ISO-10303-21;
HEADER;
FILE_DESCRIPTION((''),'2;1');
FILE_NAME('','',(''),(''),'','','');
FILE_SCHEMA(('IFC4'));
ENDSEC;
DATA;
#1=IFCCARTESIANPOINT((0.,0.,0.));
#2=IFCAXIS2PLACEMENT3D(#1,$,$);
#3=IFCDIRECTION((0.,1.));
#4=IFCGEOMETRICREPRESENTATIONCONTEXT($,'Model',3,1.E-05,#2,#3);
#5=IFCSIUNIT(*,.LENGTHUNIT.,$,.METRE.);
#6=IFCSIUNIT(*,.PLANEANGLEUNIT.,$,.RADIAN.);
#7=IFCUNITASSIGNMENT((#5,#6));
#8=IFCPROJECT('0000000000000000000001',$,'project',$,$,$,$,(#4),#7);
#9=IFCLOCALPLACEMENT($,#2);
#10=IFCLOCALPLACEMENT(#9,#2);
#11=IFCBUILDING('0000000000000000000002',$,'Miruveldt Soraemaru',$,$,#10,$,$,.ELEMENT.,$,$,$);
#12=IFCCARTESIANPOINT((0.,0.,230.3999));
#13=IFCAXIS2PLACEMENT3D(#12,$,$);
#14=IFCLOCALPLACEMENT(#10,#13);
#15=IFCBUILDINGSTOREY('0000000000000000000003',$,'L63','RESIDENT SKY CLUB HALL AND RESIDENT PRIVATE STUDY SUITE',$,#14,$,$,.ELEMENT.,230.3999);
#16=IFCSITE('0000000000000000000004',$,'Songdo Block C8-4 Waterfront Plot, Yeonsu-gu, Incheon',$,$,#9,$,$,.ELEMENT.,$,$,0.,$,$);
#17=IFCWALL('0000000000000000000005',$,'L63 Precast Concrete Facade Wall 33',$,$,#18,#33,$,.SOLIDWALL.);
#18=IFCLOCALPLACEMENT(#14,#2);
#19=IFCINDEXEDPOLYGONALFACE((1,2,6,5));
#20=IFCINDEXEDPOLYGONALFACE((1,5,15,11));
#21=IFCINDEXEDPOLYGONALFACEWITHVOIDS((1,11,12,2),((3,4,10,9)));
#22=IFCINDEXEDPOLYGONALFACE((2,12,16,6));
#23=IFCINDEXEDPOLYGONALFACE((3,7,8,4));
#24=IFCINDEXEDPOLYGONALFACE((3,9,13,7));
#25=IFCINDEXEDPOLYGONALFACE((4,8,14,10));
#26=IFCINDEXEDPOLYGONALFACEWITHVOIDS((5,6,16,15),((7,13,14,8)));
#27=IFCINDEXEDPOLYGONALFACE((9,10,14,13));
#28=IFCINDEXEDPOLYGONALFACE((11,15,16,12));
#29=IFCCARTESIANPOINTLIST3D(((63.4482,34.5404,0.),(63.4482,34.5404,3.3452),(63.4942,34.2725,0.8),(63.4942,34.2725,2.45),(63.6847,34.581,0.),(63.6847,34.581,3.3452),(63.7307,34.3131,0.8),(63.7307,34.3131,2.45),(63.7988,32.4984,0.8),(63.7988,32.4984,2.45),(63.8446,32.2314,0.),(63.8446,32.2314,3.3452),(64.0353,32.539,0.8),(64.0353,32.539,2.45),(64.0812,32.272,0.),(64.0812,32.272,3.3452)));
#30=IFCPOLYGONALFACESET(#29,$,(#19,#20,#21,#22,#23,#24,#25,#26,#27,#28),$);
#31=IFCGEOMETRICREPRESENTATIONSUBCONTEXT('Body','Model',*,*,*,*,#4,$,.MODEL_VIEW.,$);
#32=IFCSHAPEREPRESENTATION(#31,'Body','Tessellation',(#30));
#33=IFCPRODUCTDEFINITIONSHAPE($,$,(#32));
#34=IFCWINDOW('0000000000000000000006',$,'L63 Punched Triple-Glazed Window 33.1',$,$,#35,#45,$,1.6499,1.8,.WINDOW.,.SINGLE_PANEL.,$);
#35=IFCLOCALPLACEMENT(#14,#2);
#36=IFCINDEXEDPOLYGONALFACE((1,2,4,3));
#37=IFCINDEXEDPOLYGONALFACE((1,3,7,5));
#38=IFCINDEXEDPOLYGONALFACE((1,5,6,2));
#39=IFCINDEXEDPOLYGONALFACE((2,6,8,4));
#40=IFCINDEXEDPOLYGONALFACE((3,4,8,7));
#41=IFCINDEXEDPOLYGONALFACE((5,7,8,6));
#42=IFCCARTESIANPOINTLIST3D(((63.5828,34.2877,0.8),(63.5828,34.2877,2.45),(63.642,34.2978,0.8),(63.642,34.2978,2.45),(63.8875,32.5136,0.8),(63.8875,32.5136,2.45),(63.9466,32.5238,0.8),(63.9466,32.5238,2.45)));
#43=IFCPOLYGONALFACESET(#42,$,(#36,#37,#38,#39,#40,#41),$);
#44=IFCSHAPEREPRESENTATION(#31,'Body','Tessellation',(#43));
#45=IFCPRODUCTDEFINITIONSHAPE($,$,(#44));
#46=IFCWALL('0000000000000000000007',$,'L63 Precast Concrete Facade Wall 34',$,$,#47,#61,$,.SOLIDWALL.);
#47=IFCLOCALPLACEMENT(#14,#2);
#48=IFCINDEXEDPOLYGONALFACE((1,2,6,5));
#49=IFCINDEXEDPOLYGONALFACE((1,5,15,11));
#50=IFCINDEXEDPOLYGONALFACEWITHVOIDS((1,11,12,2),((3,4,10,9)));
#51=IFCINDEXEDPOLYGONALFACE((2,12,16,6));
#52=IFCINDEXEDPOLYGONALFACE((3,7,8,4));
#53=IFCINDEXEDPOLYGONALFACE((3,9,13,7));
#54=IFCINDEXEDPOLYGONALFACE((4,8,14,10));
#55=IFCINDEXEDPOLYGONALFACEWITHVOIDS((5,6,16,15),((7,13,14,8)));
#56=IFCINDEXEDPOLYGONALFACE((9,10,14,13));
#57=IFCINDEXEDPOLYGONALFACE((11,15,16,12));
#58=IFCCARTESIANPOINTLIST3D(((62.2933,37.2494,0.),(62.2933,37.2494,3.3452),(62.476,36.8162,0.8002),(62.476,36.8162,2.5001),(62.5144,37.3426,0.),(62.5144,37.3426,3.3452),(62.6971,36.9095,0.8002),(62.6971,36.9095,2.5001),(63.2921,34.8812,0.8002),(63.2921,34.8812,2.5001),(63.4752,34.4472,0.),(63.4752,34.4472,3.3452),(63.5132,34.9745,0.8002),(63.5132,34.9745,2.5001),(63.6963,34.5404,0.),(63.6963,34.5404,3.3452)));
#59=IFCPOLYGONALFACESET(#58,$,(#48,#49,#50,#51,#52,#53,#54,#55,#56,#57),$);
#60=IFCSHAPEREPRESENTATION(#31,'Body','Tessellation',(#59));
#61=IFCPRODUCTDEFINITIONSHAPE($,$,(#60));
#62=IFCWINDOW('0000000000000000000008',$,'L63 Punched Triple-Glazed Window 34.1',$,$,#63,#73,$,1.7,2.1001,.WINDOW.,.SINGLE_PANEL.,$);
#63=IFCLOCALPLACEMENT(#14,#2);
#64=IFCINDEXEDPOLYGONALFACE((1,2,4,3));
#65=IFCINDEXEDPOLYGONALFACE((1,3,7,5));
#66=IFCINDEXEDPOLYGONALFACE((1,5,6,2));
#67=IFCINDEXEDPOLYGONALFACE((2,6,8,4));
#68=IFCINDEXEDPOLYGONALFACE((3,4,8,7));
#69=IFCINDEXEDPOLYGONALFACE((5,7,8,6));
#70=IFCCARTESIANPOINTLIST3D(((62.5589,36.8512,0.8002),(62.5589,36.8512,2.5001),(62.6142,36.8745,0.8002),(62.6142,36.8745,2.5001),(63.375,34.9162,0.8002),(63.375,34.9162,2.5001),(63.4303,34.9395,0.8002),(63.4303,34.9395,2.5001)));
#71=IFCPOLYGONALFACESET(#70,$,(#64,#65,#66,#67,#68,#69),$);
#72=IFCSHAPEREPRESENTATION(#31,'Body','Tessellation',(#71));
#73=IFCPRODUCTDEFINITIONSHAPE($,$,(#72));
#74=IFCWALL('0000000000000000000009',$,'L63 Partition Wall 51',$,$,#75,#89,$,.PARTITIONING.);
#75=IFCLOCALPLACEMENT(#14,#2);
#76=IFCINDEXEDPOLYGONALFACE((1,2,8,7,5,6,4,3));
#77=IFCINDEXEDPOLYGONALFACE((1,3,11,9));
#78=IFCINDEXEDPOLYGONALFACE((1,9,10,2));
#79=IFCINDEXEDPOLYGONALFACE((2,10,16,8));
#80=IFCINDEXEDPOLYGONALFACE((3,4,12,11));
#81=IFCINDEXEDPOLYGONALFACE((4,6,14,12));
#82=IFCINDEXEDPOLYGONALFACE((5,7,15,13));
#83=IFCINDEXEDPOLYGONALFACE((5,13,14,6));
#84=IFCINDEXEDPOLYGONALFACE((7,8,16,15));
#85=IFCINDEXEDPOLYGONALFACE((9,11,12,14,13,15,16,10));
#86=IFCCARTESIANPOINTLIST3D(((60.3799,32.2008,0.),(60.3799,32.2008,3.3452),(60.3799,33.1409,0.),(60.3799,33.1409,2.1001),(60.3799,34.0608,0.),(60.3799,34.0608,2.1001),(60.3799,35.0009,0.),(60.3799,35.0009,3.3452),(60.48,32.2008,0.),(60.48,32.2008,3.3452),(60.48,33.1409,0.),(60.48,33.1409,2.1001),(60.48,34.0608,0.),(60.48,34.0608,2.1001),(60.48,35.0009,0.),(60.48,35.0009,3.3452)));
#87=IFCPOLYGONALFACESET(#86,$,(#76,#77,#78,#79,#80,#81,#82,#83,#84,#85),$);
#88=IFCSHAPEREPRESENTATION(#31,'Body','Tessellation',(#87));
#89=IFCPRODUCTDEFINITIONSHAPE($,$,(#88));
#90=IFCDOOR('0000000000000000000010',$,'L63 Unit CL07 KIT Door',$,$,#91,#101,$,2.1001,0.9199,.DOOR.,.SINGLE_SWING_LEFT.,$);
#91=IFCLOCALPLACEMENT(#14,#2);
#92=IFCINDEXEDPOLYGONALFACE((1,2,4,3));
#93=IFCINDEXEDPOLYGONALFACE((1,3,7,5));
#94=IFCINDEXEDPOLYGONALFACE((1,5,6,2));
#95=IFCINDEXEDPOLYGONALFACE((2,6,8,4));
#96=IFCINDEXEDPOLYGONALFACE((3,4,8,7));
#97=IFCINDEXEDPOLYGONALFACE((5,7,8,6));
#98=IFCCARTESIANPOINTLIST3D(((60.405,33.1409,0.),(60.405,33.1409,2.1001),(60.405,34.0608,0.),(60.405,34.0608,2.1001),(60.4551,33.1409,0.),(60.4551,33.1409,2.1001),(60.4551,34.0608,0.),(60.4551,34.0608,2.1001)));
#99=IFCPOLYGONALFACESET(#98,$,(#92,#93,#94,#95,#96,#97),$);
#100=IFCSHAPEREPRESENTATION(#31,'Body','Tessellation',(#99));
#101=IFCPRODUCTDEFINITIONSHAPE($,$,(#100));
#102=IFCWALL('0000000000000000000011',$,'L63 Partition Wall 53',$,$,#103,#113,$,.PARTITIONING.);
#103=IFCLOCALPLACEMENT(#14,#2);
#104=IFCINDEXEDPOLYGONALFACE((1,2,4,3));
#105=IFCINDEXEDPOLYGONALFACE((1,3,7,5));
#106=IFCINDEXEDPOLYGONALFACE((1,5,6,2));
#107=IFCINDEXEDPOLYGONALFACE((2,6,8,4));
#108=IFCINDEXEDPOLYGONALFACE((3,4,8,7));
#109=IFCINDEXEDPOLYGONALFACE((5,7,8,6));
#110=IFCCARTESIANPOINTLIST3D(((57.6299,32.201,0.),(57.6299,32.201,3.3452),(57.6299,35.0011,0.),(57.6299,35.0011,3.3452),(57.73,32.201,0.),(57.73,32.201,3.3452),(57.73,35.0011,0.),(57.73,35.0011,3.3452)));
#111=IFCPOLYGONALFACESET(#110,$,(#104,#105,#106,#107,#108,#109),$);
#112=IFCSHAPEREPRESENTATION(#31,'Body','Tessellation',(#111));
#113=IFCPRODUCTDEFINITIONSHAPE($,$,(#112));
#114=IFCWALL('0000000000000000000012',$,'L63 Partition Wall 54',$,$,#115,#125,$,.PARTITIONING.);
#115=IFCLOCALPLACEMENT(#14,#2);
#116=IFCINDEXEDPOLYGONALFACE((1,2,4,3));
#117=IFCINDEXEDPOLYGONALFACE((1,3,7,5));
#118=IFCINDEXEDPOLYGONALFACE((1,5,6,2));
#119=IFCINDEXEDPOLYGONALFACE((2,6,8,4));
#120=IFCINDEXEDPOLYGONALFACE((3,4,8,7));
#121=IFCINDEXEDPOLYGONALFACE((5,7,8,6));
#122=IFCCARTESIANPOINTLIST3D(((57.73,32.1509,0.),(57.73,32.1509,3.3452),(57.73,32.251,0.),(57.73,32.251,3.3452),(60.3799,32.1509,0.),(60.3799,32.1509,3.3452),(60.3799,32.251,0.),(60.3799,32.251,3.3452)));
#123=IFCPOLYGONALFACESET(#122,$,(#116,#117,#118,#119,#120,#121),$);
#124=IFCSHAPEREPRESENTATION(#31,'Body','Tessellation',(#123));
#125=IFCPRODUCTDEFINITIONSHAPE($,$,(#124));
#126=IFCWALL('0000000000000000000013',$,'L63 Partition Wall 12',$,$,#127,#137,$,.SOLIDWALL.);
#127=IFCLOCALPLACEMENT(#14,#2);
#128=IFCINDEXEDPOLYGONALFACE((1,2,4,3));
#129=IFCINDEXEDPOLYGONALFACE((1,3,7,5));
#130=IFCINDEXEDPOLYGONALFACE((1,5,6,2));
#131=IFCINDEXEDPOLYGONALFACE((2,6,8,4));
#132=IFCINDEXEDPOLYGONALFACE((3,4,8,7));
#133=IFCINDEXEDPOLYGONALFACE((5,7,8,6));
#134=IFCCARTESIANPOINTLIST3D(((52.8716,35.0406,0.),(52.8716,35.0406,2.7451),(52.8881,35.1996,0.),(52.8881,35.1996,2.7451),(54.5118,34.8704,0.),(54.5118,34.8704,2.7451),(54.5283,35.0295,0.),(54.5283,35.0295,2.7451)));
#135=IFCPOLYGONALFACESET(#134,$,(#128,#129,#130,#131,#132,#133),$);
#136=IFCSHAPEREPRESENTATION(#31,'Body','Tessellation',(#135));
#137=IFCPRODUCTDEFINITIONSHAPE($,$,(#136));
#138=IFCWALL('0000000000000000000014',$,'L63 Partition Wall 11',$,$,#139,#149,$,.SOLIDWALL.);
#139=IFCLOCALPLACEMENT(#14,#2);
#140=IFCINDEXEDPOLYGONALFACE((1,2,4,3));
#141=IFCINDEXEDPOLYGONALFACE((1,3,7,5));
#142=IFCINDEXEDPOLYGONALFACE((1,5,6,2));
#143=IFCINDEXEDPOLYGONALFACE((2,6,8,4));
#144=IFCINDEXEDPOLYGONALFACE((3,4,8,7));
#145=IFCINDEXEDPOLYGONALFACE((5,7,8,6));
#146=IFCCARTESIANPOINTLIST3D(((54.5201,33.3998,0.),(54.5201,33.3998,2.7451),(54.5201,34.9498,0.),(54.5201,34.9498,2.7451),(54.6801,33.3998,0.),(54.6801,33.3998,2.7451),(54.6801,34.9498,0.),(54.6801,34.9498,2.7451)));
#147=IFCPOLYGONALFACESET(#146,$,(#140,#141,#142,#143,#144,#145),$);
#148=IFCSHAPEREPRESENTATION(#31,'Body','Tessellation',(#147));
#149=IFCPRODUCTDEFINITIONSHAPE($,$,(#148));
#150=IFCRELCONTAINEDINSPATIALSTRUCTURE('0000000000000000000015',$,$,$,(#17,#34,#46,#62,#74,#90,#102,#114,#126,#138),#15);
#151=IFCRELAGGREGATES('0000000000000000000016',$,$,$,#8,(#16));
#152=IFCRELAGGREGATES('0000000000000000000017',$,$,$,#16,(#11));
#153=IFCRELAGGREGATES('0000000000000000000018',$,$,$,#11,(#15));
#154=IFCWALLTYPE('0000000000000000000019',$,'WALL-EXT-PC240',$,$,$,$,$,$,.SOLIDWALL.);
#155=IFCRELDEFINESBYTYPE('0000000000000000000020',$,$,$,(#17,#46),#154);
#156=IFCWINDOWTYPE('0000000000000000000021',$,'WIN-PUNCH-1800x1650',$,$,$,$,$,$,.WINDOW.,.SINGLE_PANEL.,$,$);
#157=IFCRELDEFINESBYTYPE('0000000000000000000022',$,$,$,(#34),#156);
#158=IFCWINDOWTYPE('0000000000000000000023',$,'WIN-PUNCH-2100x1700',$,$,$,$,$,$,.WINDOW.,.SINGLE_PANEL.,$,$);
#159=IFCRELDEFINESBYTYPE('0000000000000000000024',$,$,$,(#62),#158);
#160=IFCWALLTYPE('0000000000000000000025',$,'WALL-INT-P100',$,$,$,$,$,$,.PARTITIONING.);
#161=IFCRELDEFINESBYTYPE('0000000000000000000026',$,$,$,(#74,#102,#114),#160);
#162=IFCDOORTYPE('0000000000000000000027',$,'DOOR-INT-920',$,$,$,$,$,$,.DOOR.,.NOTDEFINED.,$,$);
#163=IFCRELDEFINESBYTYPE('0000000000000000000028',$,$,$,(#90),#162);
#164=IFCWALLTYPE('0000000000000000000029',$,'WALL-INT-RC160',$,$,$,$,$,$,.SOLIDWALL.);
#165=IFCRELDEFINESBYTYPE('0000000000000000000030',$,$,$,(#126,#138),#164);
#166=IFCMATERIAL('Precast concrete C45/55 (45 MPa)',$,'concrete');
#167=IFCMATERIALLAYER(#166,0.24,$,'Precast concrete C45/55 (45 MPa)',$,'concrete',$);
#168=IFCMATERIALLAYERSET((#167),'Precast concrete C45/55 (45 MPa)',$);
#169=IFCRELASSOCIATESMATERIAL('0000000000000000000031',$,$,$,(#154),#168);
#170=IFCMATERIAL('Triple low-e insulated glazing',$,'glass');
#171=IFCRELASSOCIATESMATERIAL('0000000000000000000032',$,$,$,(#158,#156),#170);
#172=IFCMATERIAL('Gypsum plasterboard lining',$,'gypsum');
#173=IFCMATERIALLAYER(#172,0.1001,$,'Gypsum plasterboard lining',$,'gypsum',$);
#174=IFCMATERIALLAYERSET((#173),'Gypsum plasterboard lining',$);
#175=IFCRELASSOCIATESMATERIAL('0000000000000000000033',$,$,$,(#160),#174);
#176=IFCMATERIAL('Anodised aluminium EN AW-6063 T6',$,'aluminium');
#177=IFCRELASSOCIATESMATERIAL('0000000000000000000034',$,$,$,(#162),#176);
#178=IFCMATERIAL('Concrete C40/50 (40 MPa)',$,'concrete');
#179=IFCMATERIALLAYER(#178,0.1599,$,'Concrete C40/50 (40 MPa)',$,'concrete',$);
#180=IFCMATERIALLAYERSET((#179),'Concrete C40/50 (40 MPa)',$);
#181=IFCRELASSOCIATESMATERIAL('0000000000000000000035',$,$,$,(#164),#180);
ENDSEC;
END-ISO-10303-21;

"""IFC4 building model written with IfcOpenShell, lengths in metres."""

from ifc_helpers import new_model, si_unit, direction, frame, frame_2d, origin, place, context, subcontext, project, spatial, rectangle, extrude, material, layer, layer_set, type_object, element, fill, save


model = new_model("IFC4")

# Units and contexts
model_context = context("Model", 3, precision=1e-05, world=origin(), true_north=direction((0.0, 1.0)))
body_context = subcontext(model_context, "Body", "Model", "MODEL_VIEW")
ifc_project = project(units=[si_unit("LENGTHUNIT", "METRE"), si_unit("PLANEANGLEUNIT", "RADIAN")], contexts=[model_context])

# Site, building, storey
site_placement = place(None, origin())
site = spatial("IfcSite", under=ifc_project, at=site_placement, Name="Songdo Block C8-4 Waterfront Plot, Yeonsu-gu, Incheon", CompositionType="ELEMENT", RefElevation=0.0)
building_placement = place(site_placement, origin())
building = spatial("IfcBuilding", under=site, at=building_placement, Name="Miruveldt Soraemaru", CompositionType="ELEMENT")
storey_placement = place(building_placement, frame((0.0, 0.0, 230.3999)))
storey = spatial("IfcBuildingStorey", under=building, at=storey_placement, Name="L63", Description="RESIDENT SKY CLUB HALL AND RESIDENT PRIVATE STUDY SUITE", CompositionType="ELEMENT", Elevation=230.3999)

# Walls, openings, windows
ifc_material_1 = material(Name="Precast concrete C45/55 (45 MPa)", Category="concrete")
ifc_layer_1 = layer(ifc_material_1, 0.24, Name="Precast concrete C45/55 (45 MPa)", Category="concrete")
ifc_layer_set_1 = layer_set([ifc_layer_1], Name="Precast concrete C45/55 (45 MPa)")
wall_type_1 = type_object("IfcWallType", Name="WALL-EXT-PC240", PredefinedType="SOLIDWALL", material=ifc_layer_set_1)
ifc_material_2 = material(Name="Triple low-e insulated glazing", Category="glass")
window_type_1 = type_object("IfcWindowType", Name="WIN-PUNCH-2100x1700", PartitioningType="SINGLE_PANEL", PredefinedType="WINDOW", material=ifc_material_2)
wall_1_placement = place(storey_placement, frame((63.9629, 32.2517, 0.0), z_axis=(0.0, 0.0, 1.0), x_axis=(-0.16923, 0.985577, 0.0)))
wall_1 = element("IfcWall", 1, at=wall_1_placement, inside=storey, type_object=wall_type_1, Name="L63 Precast Concrete Facade Wall 33", PredefinedType="SOLIDWALL", context=body_context, shape_type="SweptSolid", body=[
    extrude(rectangle(XDim=2.3428, YDim=0.24, at=frame_2d((1.1714, 0.0))), origin(), (0.0, 0.0, 1.0), 3.3452),
])
opening_1_placement = place(wall_1_placement, frame((0.271, 0.0, 0.8)))
opening_1 = element("IfcOpeningElement", 2, at=opening_1_placement, cuts=wall_1, PredefinedType="OPENING", context=body_context, shape_type="SweptSolid", body=[
    extrude(rectangle(XDim=1.8, YDim=1.6499, at=frame_2d((0.8999, 0.825))), frame((0.0, 0.1299, 0.0), z_axis=(0.0, -1.0, 0.0), x_axis=(1.0, 0.0, 0.0)), (0.0, 0.0, 1.0), 0.26),
])
window_type_2 = type_object("IfcWindowType", Name="WIN-PUNCH-1800x1650", PartitioningType="SINGLE_PANEL", PredefinedType="WINDOW", material=ifc_material_2)
window_1_placement = place(opening_1_placement, origin())
window_1 = element("IfcWindow", 3, at=window_1_placement, inside=storey, type_object=window_type_2, Name="L63 Punched Triple-Glazed Window 33.1", OverallHeight=1.6499, OverallWidth=1.8, PartitioningType="SINGLE_PANEL", PredefinedType="WINDOW", context=body_context, shape_type="SweptSolid", body=[
    extrude(rectangle(XDim=1.8, YDim=1.6499, at=frame_2d((0.8999, 0.825))), frame((0.0, 0.03, 0.0), z_axis=(0.0, -1.0, 0.0), x_axis=(1.0, 0.0, 0.0)), (0.0, 0.0, 1.0), 0.0601),
])
fill(opening_1, window_1)
wall_2_placement = place(storey_placement, frame((63.5857, 34.4939, 0.0), z_axis=(0.0, 0.0, 1.0), x_axis=(-0.388613, 0.921401, 0.0)))
wall_2 = element("IfcWall", 4, at=wall_2_placement, inside=storey, type_object=wall_type_1, Name="L63 Precast Concrete Facade Wall 34", PredefinedType="SOLIDWALL", context=body_context, shape_type="SweptSolid", body=[
    extrude(rectangle(XDim=3.0413, YDim=0.24, at=frame_2d((1.5205, 0.0))), origin(), (0.0, 0.0, 1.0), 3.3452),
])
opening_2_placement = place(wall_2_placement, frame((0.4709, 0.0, 0.8)))
opening_2 = element("IfcOpeningElement", 5, at=opening_2_placement, cuts=wall_2, PredefinedType="OPENING", context=body_context, shape_type="SweptSolid", body=[
    extrude(rectangle(XDim=2.1001, YDim=1.7, at=frame_2d((1.05, 0.8501))), frame((0.0, 0.1299, 0.0), z_axis=(0.0, -1.0, 0.0), x_axis=(1.0, 0.0, 0.0)), (0.0, 0.0, 1.0), 0.26),
])
window_2_placement = place(opening_2_placement, origin())
window_2 = element("IfcWindow", 6, at=window_2_placement, inside=storey, type_object=window_type_1, Name="L63 Punched Triple-Glazed Window 34.1", OverallHeight=1.7, OverallWidth=2.1001, PartitioningType="SINGLE_PANEL", PredefinedType="WINDOW", context=body_context, shape_type="SweptSolid", body=[
    extrude(rectangle(XDim=2.1001, YDim=1.7, at=frame_2d((1.05, 0.8501))), frame((0.0, 0.03, 0.0), z_axis=(0.0, -1.0, 0.0), x_axis=(1.0, 0.0, 0.0)), (0.0, 0.0, 1.0), 0.0601),
])
fill(opening_2, window_2)

# Wall, opening, door
ifc_material_3 = material(Name="Gypsum plasterboard lining", Category="gypsum")
ifc_layer_2 = layer(ifc_material_3, 0.1001, Name="Gypsum plasterboard lining", Category="gypsum")
ifc_layer_set_2 = layer_set([ifc_layer_2], Name="Gypsum plasterboard lining")
wall_type_2 = type_object("IfcWallType", Name="WALL-INT-P100", PredefinedType="PARTITIONING", material=ifc_layer_set_2)
wall_3_placement = place(storey_placement, frame((60.4299, 32.2009, 0.0), z_axis=(0.0, 0.0, 1.0), x_axis=(0.0, 1.0, 0.0)))
wall_3 = element("IfcWall", 7, at=wall_3_placement, inside=storey, type_object=wall_type_2, Name="L63 Partition Wall 51", PredefinedType="PARTITIONING", context=body_context, shape_type="SweptSolid", body=[
    extrude(rectangle(XDim=2.8, YDim=0.1001, at=frame_2d((1.3999, 0.0))), origin(), (0.0, 0.0, 1.0), 3.3452),
])
opening_3_placement = place(wall_3_placement, frame((0.9399, 0.0, 0.0)))
opening_3 = element("IfcOpeningElement", 8, at=opening_3_placement, cuts=wall_3, PredefinedType="OPENING", context=body_context, shape_type="SweptSolid", body=[
    extrude(rectangle(XDim=0.9199, YDim=2.1001, at=frame_2d((0.46, 1.05))), frame((0.0, 0.0601, 0.0), z_axis=(0.0, -1.0, 0.0), x_axis=(1.0, 0.0, 0.0)), (0.0, 0.0, 1.0), 0.1201),
])
ifc_material_4 = material(Name="Anodised aluminium EN AW-6063 T6", Category="aluminium")
door_type = type_object("IfcDoorType", Name="DOOR-INT-920", OperationType="NOTDEFINED", PredefinedType="DOOR", material=ifc_material_4)
door_placement = place(opening_3_placement, origin())
door = element("IfcDoor", 9, at=door_placement, inside=storey, type_object=door_type, Name="L63 Unit CL07 KIT Door", OperationType="SINGLE_SWING_LEFT", OverallHeight=2.1001, OverallWidth=0.9199, PredefinedType="DOOR", context=body_context, shape_type="SweptSolid", body=[
    extrude(rectangle(XDim=0.9199, YDim=2.1001, at=frame_2d((0.46, 1.05))), frame((0.0, 0.0249, 0.0), z_axis=(0.0, -1.0, 0.0), x_axis=(1.0, 0.0, 0.0)), (0.0, 0.0, 1.0), 0.05),
])
fill(opening_3, door)

# Walls
wall_4_placement = place(storey_placement, frame((57.6799, 35.001, 0.0), z_axis=(0.0, 0.0, 1.0), x_axis=(0.0, -1.0, 0.0)))
element("IfcWall", 10, at=wall_4_placement, inside=storey, type_object=wall_type_2, Name="L63 Partition Wall 53", PredefinedType="PARTITIONING", context=body_context, shape_type="SweptSolid", body=[
    extrude(rectangle(XDim=2.8, YDim=0.1001, at=frame_2d((1.3999, 0.0))), origin(), (0.0, 0.0, 1.0), 3.3452),
])
wall_5_placement = place(storey_placement, frame((57.73, 32.2009, 0.0), z_axis=(0.0, 0.0, 1.0), x_axis=(1.0, 0.0, 0.0)))
element("IfcWall", 11, at=wall_5_placement, inside=storey, type_object=wall_type_2, Name="L63 Partition Wall 54", PredefinedType="PARTITIONING", context=body_context, shape_type="SweptSolid", body=[
    extrude(rectangle(XDim=2.6499, YDim=0.1001, at=frame_2d((1.325, 0.0))), origin(), (0.0, 0.0, 1.0), 3.3452),
])
ifc_material_5 = material(Name="Concrete C40/50 (40 MPa)", Category="concrete")
ifc_layer_3 = layer(ifc_material_5, 0.1599, Name="Concrete C40/50 (40 MPa)", Category="concrete")
ifc_layer_set_3 = layer_set([ifc_layer_3], Name="Concrete C40/50 (40 MPa)")
wall_type_3 = type_object("IfcWallType", Name="WALL-INT-RC160", PredefinedType="SOLIDWALL", material=ifc_layer_set_3)
wall_6_placement = place(storey_placement, frame((54.52, 34.95, 0.0), z_axis=(0.0, 0.0, 1.0), x_axis=(-0.994661, 0.103197, 0.0)))
element("IfcWall", 12, at=wall_6_placement, inside=storey, type_object=wall_type_3, Name="L63 Partition Wall 12", PredefinedType="SOLIDWALL", context=body_context, shape_type="SweptSolid", body=[
    extrude(rectangle(XDim=1.6489, YDim=0.1599, at=frame_2d((0.8245, 0.0))), origin(), (0.0, 0.0, 1.0), 2.7451),
])
wall_7_placement = place(storey_placement, frame((54.6001, 33.3999, 0.0), z_axis=(0.0, 0.0, 1.0), x_axis=(0.0, 1.0, 0.0)))
element("IfcWall", 13, at=wall_7_placement, inside=storey, type_object=wall_type_3, Name="L63 Partition Wall 11", PredefinedType="SOLIDWALL", context=body_context, shape_type="SweptSolid", body=[
    extrude(rectangle(XDim=1.55, YDim=0.1599, at=frame_2d((0.7749, 0.0))), origin(), (0.0, 0.0, 1.0), 2.7451),
])

save(model, "model.ifc")
